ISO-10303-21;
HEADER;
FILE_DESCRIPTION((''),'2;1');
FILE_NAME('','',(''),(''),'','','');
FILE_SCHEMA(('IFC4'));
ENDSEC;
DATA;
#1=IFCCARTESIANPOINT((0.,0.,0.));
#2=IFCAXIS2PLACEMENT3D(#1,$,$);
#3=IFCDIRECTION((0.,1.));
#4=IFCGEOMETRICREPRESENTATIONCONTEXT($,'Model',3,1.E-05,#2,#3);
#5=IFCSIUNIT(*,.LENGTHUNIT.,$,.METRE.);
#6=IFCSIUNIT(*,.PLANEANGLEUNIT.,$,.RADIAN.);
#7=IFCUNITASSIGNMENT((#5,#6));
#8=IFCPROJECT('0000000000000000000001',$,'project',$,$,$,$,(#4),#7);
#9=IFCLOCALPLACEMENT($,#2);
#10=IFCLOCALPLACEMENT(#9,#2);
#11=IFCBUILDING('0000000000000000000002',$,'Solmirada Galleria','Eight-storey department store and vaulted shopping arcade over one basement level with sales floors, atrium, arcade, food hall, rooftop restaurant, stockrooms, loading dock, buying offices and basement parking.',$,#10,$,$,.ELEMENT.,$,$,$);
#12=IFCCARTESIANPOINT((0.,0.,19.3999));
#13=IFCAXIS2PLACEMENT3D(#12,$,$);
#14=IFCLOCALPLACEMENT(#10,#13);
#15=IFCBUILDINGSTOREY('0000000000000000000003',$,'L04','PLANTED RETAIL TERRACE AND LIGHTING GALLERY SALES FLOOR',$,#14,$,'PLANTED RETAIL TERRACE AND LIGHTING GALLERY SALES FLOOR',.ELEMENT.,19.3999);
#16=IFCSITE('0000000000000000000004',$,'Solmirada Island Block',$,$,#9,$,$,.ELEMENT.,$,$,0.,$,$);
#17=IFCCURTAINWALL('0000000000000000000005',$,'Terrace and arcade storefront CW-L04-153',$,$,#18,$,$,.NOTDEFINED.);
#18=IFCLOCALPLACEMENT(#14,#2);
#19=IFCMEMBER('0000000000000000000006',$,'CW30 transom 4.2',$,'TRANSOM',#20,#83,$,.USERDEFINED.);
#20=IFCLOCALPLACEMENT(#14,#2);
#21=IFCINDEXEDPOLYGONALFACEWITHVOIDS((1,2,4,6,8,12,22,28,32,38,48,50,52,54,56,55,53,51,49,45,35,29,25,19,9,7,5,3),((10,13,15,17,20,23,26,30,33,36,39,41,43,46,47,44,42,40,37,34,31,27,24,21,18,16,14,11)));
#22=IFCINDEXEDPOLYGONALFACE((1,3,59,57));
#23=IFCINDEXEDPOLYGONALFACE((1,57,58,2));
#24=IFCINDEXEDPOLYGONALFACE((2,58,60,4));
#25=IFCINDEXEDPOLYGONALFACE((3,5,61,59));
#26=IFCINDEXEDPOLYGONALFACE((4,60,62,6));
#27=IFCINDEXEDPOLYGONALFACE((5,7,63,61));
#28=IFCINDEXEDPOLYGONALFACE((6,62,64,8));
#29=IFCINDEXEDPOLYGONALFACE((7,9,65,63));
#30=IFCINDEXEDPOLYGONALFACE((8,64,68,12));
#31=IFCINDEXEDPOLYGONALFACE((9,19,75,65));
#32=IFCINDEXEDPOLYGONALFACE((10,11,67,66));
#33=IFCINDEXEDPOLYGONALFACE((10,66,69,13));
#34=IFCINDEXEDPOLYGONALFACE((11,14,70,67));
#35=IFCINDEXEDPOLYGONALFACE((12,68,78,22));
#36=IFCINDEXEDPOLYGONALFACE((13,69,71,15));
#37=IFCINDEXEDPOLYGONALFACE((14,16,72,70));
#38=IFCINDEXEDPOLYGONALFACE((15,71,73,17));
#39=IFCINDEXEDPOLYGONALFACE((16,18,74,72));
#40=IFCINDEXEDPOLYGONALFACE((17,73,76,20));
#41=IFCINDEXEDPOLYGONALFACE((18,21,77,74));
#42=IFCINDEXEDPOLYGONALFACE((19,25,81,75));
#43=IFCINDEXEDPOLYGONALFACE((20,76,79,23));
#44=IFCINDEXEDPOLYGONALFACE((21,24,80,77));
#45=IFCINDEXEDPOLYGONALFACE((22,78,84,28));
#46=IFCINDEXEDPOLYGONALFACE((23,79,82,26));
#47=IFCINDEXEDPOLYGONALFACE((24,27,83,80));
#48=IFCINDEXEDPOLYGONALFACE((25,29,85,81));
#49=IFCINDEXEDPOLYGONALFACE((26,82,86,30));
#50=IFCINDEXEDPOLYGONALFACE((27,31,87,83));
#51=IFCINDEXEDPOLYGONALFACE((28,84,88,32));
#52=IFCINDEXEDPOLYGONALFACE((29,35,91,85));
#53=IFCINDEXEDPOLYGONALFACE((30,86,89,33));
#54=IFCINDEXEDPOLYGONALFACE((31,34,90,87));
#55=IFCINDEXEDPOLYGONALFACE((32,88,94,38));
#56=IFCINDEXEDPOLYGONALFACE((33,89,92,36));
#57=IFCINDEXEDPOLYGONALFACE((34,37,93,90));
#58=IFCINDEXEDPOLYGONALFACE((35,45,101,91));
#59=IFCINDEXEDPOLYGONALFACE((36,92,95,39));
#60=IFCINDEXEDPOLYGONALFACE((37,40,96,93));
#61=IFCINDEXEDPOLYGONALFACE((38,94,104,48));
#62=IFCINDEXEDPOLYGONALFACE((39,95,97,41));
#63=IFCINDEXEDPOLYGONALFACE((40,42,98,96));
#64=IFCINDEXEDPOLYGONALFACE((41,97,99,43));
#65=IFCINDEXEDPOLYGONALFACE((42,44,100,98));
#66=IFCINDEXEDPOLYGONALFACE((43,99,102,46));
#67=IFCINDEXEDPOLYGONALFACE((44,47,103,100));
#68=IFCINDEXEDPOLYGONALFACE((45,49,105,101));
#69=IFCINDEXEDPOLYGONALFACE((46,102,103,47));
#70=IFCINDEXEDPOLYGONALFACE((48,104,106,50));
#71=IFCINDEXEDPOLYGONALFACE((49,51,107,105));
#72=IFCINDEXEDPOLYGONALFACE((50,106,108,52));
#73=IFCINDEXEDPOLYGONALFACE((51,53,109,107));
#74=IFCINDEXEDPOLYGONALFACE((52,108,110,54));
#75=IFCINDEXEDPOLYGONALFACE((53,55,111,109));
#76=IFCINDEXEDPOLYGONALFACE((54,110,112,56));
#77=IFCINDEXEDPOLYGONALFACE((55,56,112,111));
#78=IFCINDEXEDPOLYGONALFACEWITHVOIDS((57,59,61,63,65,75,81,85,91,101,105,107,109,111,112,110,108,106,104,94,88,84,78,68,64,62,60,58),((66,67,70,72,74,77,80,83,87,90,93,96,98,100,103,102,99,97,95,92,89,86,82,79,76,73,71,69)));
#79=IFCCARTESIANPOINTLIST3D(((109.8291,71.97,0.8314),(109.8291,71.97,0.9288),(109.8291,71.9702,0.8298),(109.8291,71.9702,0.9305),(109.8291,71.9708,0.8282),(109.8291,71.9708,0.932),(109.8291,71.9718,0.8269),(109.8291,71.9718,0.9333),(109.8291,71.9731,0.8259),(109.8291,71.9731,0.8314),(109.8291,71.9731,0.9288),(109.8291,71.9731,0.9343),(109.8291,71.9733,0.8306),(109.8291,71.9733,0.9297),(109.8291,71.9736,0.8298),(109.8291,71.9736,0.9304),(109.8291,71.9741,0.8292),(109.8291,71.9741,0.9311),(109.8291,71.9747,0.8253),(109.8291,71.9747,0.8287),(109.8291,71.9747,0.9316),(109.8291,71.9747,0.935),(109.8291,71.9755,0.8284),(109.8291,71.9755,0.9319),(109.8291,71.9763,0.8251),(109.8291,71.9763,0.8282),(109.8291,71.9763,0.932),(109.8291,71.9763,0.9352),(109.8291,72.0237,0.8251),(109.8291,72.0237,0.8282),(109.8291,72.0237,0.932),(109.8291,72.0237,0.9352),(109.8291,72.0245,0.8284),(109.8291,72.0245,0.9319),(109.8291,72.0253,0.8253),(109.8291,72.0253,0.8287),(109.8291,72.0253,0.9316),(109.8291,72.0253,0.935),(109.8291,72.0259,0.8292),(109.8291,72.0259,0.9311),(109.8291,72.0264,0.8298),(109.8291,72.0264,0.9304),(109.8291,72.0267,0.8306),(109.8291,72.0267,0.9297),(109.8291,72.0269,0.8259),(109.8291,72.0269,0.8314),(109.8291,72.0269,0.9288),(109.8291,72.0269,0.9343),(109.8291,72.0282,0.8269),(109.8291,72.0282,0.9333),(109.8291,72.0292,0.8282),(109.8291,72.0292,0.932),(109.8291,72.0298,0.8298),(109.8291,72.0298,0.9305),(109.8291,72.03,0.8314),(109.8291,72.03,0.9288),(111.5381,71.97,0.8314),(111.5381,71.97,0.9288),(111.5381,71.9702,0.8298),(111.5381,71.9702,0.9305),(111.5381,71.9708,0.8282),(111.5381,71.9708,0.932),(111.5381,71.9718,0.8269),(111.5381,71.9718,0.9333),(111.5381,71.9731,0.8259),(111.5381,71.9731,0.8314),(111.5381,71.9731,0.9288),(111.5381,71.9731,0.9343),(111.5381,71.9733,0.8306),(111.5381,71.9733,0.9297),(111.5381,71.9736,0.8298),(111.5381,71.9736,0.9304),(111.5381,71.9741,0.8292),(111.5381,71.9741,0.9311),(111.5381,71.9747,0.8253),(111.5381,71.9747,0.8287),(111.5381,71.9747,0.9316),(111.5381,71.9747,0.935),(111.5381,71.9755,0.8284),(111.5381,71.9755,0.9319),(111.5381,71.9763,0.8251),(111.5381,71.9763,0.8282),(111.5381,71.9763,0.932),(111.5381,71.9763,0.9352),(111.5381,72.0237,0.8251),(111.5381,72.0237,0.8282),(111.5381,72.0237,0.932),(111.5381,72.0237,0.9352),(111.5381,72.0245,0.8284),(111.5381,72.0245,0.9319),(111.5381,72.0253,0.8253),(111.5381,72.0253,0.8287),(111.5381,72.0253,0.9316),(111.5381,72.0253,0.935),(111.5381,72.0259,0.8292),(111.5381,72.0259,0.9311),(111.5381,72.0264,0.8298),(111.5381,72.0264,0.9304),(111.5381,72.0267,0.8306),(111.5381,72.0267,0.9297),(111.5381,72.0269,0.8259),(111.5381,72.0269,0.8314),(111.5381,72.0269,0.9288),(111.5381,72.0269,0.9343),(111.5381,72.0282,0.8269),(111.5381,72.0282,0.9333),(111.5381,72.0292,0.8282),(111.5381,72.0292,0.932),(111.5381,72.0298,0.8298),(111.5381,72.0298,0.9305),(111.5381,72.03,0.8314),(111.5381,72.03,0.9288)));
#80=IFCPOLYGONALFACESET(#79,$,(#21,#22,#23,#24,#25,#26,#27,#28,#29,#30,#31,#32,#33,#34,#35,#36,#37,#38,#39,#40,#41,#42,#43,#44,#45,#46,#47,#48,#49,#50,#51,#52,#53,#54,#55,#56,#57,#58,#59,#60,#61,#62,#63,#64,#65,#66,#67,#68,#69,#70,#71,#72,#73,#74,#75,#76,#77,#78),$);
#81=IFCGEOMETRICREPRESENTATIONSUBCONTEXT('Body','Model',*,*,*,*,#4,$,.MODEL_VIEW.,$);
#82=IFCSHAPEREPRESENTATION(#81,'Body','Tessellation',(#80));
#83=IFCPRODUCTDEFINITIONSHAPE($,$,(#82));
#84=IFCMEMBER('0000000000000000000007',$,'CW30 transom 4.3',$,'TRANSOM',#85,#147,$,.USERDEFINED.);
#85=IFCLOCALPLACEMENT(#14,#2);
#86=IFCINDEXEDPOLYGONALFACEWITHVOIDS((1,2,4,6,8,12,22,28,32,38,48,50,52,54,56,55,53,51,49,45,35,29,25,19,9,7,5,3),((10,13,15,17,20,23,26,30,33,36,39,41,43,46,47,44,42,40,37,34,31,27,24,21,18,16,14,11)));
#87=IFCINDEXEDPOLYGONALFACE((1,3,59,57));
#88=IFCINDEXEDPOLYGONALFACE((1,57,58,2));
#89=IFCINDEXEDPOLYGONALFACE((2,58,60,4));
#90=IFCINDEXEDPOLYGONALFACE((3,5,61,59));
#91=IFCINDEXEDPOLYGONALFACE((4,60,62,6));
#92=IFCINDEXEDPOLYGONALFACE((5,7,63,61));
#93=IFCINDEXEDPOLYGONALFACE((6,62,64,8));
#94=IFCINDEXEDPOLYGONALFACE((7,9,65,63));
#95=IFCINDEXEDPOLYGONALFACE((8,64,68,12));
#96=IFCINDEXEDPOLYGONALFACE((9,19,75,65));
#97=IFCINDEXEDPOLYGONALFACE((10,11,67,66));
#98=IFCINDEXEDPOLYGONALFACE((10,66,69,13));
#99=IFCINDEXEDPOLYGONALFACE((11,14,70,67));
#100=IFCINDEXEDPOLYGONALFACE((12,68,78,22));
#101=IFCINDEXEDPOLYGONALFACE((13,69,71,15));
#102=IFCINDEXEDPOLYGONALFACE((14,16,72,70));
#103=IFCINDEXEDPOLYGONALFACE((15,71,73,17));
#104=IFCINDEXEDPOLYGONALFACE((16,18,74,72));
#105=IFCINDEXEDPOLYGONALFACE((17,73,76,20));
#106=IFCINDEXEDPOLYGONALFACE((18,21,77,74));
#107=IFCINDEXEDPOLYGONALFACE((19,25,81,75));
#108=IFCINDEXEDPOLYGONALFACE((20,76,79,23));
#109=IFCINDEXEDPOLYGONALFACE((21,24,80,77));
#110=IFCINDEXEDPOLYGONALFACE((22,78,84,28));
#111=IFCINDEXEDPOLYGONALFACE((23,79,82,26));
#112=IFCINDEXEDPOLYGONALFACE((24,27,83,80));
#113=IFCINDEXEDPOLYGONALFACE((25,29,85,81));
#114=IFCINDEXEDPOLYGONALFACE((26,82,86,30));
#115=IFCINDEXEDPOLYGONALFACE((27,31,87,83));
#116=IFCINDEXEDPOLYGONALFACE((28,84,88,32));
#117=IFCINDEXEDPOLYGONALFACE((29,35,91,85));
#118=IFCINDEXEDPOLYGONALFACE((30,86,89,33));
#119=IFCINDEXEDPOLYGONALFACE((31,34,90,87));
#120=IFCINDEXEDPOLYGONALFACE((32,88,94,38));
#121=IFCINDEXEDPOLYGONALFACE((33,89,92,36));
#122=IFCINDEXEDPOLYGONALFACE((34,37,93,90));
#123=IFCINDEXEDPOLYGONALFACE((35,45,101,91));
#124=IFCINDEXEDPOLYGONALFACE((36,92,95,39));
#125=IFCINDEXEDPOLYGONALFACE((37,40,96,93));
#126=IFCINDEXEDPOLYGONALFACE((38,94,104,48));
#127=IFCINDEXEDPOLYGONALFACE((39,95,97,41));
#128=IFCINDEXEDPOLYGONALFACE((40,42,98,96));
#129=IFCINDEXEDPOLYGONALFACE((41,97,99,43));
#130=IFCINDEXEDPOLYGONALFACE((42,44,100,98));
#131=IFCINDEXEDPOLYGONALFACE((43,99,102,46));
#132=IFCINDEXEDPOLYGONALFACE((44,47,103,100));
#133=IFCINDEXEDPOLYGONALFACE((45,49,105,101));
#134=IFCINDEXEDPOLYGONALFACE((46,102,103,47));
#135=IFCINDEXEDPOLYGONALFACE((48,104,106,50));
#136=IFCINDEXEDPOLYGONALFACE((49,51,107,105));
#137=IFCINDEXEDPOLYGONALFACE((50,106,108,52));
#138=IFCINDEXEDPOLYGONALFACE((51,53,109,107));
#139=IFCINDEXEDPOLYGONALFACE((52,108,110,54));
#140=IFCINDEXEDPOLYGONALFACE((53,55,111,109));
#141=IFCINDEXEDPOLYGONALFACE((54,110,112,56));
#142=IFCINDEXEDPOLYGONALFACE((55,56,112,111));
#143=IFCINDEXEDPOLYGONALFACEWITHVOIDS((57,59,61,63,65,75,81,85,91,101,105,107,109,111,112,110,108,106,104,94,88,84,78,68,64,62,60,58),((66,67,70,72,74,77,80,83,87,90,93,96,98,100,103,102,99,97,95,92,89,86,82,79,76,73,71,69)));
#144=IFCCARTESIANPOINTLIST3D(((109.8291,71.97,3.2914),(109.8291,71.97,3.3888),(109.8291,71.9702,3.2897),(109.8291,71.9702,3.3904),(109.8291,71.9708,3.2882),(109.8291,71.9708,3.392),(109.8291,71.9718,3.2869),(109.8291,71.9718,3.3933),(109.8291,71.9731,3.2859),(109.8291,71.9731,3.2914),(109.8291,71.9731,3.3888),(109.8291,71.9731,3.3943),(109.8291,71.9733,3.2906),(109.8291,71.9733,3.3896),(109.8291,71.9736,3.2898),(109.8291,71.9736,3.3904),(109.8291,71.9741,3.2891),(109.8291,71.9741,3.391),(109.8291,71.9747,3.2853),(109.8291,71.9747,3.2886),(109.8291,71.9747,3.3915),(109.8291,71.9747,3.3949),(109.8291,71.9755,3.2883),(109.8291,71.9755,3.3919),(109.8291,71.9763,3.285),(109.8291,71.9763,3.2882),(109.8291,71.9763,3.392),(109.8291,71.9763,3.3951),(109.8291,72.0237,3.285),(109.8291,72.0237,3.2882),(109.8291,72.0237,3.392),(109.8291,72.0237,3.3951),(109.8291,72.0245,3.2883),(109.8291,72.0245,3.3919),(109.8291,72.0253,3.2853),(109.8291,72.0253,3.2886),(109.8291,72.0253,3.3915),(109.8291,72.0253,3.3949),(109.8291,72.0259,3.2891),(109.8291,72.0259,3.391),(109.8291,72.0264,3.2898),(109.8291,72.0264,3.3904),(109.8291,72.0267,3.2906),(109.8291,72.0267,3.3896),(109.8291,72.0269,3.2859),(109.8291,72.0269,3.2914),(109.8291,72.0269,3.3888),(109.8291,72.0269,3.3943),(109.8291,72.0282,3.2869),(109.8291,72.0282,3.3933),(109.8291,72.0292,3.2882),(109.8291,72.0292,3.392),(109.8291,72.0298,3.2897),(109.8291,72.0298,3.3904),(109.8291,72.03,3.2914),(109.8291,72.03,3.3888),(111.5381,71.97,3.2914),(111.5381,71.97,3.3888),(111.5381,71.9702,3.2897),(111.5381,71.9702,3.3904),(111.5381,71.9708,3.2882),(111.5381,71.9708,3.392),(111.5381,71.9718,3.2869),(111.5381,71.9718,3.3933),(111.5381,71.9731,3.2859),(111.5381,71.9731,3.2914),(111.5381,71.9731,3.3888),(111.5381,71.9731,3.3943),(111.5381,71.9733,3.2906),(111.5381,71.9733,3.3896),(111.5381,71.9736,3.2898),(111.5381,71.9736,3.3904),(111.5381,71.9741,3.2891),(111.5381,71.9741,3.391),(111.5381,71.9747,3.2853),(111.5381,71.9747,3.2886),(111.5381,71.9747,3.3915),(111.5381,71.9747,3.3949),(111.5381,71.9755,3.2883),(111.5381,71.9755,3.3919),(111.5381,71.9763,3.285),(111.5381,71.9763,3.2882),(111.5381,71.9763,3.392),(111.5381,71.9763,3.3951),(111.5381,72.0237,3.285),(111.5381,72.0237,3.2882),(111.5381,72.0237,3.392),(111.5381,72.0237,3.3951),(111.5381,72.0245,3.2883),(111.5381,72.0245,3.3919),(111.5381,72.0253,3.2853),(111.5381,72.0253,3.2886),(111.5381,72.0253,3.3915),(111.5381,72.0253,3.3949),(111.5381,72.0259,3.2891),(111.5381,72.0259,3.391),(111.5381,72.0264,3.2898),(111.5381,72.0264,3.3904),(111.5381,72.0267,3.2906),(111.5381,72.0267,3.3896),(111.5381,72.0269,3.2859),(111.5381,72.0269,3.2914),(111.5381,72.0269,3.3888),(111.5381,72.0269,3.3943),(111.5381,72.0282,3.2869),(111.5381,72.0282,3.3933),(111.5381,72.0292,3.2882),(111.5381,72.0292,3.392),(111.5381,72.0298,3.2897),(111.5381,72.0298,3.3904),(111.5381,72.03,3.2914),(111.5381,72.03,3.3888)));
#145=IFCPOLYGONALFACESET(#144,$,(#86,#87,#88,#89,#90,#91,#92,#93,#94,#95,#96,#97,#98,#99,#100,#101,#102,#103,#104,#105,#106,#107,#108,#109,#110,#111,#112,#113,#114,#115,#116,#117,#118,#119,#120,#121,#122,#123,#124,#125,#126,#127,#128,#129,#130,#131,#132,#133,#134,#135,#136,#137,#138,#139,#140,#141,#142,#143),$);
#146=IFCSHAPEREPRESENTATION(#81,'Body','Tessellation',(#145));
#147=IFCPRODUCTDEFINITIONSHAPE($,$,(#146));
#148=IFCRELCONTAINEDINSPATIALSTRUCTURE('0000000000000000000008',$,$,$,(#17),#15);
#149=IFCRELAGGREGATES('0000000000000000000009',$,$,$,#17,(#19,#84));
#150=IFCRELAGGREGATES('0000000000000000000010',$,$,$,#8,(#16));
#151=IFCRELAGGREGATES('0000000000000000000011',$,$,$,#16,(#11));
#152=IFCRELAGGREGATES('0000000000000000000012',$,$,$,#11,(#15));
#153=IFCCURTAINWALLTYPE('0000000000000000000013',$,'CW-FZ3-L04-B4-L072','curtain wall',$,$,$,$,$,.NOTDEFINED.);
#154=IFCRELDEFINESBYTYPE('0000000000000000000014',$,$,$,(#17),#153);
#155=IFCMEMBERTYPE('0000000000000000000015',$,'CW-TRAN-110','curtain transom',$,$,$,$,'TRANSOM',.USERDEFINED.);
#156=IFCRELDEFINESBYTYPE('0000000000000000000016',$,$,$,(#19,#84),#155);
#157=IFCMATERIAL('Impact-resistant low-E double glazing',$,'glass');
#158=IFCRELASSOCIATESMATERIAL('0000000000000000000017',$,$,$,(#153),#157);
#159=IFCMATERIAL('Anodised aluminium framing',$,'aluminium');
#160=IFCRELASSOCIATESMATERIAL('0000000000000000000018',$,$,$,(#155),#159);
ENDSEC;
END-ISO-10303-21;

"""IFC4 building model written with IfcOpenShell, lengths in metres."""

from ifc_helpers import new_model, si_unit, direction, frame, origin, origin_2d, place, context, subcontext, project, spatial, hollow_rectangle, extrude, material, material_profile, profile_set, type_object, element, aggregate, save


model = new_model("IFC4")

# Units and contexts
model_context = context("Model", 3, precision=1e-05, world=origin(), true_north=direction((0.0, 1.0)))
body_context = subcontext(model_context, "Body", "Model", "MODEL_VIEW")
ifc_project = project(units=[si_unit("LENGTHUNIT", "METRE"), si_unit("PLANEANGLEUNIT", "RADIAN")], contexts=[model_context])

# Site, building, storey
site_placement = place(None, origin())
site = spatial("IfcSite", under=ifc_project, at=site_placement, Name="Solmirada Island Block", CompositionType="ELEMENT", RefElevation=0.0)
building_placement = place(site_placement, origin())
building = spatial("IfcBuilding", under=site, at=building_placement, Name="Solmirada Galleria", Description="Eight-storey department store and vaulted shopping arcade over one basement level with sales floors, atrium, arcade, food hall, rooftop restaurant, stockrooms, loading dock, buying offices and basement parking.", CompositionType="ELEMENT")
storey_placement = place(building_placement, frame((0.0, 0.0, 19.3999)))
storey = spatial("IfcBuildingStorey", under=building, at=storey_placement, Name="L04", Description="PLANTED RETAIL TERRACE AND LIGHTING GALLERY SALES FLOOR", LongName="PLANTED RETAIL TERRACE AND LIGHTING GALLERY SALES FLOOR", CompositionType="ELEMENT", Elevation=19.3999)

# Curtain wall, members
ifc_material_1 = material(Name="Impact-resistant low-E double glazing", Category="glass")
curtain_wall_type = type_object("IfcCurtainWallType", Name="CW-FZ3-L04-B4-L072", Description="curtain wall", PredefinedType="NOTDEFINED", material=ifc_material_1)
curtain_wall_placement = place(storey_placement, origin())
curtain_wall = element("IfcCurtainWall", 1, at=curtain_wall_placement, inside=storey, type_object=curtain_wall_type, Name="Terrace and arcade storefront CW-L04-153", PredefinedType="NOTDEFINED")
ifc_material_2 = material(Name="Anodised aluminium framing", Category="aluminium")
ifc_material_profile_1 = material_profile(ifc_material_2, hollow_rectangle(XDim=0.0601, YDim=0.1101, WallThickness=0.0032, InnerFilletRadius=0.0032, OuterFilletRadius=0.0063, at=origin_2d()), Name="ALU-TRAN-110X60")
ifc_profile_set_1 = profile_set([ifc_material_profile_1], Name="Anodised aluminium framing")
member_type_1 = type_object("IfcMemberType", Name="CW-TRAN-110", Description="curtain transom", ElementType="TRANSOM", PredefinedType="USERDEFINED", material=ifc_profile_set_1)
member_1_placement = place(storey_placement, frame((109.8291, 72.0, 0.8801), z_axis=(1.0, 0.0, 0.0), x_axis=(0.0, 1.0, 0.0)))
member_1 = element("IfcMember", 2, at=member_1_placement, type_object=member_type_1, Name="CW30 transom 4.2", ObjectType="TRANSOM", PredefinedType="USERDEFINED", context=body_context, shape_type="SweptSolid", body=[
    extrude(hollow_rectangle(XDim=0.0601, YDim=0.1101, WallThickness=0.0032, InnerFilletRadius=0.0032, OuterFilletRadius=0.0063, at=origin_2d()), origin(), (0.0, 0.0, 1.0), 1.709),
])
member_2_placement = place(storey_placement, frame((109.8291, 72.0, 3.3401), z_axis=(1.0, 0.0, 0.0), x_axis=(0.0, 1.0, 0.0)))
member_2 = element("IfcMember", 3, at=member_2_placement, type_object=member_type_1, Name="CW30 transom 4.3", ObjectType="TRANSOM", PredefinedType="USERDEFINED", context=body_context, shape_type="SweptSolid", body=[
    extrude(hollow_rectangle(XDim=0.0601, YDim=0.1101, WallThickness=0.0032, InnerFilletRadius=0.0032, OuterFilletRadius=0.0063, at=origin_2d()), origin(), (0.0, 0.0, 1.0), 1.709),
])
aggregate(curtain_wall, [member_1, member_2])

save(model, "model.ifc")
